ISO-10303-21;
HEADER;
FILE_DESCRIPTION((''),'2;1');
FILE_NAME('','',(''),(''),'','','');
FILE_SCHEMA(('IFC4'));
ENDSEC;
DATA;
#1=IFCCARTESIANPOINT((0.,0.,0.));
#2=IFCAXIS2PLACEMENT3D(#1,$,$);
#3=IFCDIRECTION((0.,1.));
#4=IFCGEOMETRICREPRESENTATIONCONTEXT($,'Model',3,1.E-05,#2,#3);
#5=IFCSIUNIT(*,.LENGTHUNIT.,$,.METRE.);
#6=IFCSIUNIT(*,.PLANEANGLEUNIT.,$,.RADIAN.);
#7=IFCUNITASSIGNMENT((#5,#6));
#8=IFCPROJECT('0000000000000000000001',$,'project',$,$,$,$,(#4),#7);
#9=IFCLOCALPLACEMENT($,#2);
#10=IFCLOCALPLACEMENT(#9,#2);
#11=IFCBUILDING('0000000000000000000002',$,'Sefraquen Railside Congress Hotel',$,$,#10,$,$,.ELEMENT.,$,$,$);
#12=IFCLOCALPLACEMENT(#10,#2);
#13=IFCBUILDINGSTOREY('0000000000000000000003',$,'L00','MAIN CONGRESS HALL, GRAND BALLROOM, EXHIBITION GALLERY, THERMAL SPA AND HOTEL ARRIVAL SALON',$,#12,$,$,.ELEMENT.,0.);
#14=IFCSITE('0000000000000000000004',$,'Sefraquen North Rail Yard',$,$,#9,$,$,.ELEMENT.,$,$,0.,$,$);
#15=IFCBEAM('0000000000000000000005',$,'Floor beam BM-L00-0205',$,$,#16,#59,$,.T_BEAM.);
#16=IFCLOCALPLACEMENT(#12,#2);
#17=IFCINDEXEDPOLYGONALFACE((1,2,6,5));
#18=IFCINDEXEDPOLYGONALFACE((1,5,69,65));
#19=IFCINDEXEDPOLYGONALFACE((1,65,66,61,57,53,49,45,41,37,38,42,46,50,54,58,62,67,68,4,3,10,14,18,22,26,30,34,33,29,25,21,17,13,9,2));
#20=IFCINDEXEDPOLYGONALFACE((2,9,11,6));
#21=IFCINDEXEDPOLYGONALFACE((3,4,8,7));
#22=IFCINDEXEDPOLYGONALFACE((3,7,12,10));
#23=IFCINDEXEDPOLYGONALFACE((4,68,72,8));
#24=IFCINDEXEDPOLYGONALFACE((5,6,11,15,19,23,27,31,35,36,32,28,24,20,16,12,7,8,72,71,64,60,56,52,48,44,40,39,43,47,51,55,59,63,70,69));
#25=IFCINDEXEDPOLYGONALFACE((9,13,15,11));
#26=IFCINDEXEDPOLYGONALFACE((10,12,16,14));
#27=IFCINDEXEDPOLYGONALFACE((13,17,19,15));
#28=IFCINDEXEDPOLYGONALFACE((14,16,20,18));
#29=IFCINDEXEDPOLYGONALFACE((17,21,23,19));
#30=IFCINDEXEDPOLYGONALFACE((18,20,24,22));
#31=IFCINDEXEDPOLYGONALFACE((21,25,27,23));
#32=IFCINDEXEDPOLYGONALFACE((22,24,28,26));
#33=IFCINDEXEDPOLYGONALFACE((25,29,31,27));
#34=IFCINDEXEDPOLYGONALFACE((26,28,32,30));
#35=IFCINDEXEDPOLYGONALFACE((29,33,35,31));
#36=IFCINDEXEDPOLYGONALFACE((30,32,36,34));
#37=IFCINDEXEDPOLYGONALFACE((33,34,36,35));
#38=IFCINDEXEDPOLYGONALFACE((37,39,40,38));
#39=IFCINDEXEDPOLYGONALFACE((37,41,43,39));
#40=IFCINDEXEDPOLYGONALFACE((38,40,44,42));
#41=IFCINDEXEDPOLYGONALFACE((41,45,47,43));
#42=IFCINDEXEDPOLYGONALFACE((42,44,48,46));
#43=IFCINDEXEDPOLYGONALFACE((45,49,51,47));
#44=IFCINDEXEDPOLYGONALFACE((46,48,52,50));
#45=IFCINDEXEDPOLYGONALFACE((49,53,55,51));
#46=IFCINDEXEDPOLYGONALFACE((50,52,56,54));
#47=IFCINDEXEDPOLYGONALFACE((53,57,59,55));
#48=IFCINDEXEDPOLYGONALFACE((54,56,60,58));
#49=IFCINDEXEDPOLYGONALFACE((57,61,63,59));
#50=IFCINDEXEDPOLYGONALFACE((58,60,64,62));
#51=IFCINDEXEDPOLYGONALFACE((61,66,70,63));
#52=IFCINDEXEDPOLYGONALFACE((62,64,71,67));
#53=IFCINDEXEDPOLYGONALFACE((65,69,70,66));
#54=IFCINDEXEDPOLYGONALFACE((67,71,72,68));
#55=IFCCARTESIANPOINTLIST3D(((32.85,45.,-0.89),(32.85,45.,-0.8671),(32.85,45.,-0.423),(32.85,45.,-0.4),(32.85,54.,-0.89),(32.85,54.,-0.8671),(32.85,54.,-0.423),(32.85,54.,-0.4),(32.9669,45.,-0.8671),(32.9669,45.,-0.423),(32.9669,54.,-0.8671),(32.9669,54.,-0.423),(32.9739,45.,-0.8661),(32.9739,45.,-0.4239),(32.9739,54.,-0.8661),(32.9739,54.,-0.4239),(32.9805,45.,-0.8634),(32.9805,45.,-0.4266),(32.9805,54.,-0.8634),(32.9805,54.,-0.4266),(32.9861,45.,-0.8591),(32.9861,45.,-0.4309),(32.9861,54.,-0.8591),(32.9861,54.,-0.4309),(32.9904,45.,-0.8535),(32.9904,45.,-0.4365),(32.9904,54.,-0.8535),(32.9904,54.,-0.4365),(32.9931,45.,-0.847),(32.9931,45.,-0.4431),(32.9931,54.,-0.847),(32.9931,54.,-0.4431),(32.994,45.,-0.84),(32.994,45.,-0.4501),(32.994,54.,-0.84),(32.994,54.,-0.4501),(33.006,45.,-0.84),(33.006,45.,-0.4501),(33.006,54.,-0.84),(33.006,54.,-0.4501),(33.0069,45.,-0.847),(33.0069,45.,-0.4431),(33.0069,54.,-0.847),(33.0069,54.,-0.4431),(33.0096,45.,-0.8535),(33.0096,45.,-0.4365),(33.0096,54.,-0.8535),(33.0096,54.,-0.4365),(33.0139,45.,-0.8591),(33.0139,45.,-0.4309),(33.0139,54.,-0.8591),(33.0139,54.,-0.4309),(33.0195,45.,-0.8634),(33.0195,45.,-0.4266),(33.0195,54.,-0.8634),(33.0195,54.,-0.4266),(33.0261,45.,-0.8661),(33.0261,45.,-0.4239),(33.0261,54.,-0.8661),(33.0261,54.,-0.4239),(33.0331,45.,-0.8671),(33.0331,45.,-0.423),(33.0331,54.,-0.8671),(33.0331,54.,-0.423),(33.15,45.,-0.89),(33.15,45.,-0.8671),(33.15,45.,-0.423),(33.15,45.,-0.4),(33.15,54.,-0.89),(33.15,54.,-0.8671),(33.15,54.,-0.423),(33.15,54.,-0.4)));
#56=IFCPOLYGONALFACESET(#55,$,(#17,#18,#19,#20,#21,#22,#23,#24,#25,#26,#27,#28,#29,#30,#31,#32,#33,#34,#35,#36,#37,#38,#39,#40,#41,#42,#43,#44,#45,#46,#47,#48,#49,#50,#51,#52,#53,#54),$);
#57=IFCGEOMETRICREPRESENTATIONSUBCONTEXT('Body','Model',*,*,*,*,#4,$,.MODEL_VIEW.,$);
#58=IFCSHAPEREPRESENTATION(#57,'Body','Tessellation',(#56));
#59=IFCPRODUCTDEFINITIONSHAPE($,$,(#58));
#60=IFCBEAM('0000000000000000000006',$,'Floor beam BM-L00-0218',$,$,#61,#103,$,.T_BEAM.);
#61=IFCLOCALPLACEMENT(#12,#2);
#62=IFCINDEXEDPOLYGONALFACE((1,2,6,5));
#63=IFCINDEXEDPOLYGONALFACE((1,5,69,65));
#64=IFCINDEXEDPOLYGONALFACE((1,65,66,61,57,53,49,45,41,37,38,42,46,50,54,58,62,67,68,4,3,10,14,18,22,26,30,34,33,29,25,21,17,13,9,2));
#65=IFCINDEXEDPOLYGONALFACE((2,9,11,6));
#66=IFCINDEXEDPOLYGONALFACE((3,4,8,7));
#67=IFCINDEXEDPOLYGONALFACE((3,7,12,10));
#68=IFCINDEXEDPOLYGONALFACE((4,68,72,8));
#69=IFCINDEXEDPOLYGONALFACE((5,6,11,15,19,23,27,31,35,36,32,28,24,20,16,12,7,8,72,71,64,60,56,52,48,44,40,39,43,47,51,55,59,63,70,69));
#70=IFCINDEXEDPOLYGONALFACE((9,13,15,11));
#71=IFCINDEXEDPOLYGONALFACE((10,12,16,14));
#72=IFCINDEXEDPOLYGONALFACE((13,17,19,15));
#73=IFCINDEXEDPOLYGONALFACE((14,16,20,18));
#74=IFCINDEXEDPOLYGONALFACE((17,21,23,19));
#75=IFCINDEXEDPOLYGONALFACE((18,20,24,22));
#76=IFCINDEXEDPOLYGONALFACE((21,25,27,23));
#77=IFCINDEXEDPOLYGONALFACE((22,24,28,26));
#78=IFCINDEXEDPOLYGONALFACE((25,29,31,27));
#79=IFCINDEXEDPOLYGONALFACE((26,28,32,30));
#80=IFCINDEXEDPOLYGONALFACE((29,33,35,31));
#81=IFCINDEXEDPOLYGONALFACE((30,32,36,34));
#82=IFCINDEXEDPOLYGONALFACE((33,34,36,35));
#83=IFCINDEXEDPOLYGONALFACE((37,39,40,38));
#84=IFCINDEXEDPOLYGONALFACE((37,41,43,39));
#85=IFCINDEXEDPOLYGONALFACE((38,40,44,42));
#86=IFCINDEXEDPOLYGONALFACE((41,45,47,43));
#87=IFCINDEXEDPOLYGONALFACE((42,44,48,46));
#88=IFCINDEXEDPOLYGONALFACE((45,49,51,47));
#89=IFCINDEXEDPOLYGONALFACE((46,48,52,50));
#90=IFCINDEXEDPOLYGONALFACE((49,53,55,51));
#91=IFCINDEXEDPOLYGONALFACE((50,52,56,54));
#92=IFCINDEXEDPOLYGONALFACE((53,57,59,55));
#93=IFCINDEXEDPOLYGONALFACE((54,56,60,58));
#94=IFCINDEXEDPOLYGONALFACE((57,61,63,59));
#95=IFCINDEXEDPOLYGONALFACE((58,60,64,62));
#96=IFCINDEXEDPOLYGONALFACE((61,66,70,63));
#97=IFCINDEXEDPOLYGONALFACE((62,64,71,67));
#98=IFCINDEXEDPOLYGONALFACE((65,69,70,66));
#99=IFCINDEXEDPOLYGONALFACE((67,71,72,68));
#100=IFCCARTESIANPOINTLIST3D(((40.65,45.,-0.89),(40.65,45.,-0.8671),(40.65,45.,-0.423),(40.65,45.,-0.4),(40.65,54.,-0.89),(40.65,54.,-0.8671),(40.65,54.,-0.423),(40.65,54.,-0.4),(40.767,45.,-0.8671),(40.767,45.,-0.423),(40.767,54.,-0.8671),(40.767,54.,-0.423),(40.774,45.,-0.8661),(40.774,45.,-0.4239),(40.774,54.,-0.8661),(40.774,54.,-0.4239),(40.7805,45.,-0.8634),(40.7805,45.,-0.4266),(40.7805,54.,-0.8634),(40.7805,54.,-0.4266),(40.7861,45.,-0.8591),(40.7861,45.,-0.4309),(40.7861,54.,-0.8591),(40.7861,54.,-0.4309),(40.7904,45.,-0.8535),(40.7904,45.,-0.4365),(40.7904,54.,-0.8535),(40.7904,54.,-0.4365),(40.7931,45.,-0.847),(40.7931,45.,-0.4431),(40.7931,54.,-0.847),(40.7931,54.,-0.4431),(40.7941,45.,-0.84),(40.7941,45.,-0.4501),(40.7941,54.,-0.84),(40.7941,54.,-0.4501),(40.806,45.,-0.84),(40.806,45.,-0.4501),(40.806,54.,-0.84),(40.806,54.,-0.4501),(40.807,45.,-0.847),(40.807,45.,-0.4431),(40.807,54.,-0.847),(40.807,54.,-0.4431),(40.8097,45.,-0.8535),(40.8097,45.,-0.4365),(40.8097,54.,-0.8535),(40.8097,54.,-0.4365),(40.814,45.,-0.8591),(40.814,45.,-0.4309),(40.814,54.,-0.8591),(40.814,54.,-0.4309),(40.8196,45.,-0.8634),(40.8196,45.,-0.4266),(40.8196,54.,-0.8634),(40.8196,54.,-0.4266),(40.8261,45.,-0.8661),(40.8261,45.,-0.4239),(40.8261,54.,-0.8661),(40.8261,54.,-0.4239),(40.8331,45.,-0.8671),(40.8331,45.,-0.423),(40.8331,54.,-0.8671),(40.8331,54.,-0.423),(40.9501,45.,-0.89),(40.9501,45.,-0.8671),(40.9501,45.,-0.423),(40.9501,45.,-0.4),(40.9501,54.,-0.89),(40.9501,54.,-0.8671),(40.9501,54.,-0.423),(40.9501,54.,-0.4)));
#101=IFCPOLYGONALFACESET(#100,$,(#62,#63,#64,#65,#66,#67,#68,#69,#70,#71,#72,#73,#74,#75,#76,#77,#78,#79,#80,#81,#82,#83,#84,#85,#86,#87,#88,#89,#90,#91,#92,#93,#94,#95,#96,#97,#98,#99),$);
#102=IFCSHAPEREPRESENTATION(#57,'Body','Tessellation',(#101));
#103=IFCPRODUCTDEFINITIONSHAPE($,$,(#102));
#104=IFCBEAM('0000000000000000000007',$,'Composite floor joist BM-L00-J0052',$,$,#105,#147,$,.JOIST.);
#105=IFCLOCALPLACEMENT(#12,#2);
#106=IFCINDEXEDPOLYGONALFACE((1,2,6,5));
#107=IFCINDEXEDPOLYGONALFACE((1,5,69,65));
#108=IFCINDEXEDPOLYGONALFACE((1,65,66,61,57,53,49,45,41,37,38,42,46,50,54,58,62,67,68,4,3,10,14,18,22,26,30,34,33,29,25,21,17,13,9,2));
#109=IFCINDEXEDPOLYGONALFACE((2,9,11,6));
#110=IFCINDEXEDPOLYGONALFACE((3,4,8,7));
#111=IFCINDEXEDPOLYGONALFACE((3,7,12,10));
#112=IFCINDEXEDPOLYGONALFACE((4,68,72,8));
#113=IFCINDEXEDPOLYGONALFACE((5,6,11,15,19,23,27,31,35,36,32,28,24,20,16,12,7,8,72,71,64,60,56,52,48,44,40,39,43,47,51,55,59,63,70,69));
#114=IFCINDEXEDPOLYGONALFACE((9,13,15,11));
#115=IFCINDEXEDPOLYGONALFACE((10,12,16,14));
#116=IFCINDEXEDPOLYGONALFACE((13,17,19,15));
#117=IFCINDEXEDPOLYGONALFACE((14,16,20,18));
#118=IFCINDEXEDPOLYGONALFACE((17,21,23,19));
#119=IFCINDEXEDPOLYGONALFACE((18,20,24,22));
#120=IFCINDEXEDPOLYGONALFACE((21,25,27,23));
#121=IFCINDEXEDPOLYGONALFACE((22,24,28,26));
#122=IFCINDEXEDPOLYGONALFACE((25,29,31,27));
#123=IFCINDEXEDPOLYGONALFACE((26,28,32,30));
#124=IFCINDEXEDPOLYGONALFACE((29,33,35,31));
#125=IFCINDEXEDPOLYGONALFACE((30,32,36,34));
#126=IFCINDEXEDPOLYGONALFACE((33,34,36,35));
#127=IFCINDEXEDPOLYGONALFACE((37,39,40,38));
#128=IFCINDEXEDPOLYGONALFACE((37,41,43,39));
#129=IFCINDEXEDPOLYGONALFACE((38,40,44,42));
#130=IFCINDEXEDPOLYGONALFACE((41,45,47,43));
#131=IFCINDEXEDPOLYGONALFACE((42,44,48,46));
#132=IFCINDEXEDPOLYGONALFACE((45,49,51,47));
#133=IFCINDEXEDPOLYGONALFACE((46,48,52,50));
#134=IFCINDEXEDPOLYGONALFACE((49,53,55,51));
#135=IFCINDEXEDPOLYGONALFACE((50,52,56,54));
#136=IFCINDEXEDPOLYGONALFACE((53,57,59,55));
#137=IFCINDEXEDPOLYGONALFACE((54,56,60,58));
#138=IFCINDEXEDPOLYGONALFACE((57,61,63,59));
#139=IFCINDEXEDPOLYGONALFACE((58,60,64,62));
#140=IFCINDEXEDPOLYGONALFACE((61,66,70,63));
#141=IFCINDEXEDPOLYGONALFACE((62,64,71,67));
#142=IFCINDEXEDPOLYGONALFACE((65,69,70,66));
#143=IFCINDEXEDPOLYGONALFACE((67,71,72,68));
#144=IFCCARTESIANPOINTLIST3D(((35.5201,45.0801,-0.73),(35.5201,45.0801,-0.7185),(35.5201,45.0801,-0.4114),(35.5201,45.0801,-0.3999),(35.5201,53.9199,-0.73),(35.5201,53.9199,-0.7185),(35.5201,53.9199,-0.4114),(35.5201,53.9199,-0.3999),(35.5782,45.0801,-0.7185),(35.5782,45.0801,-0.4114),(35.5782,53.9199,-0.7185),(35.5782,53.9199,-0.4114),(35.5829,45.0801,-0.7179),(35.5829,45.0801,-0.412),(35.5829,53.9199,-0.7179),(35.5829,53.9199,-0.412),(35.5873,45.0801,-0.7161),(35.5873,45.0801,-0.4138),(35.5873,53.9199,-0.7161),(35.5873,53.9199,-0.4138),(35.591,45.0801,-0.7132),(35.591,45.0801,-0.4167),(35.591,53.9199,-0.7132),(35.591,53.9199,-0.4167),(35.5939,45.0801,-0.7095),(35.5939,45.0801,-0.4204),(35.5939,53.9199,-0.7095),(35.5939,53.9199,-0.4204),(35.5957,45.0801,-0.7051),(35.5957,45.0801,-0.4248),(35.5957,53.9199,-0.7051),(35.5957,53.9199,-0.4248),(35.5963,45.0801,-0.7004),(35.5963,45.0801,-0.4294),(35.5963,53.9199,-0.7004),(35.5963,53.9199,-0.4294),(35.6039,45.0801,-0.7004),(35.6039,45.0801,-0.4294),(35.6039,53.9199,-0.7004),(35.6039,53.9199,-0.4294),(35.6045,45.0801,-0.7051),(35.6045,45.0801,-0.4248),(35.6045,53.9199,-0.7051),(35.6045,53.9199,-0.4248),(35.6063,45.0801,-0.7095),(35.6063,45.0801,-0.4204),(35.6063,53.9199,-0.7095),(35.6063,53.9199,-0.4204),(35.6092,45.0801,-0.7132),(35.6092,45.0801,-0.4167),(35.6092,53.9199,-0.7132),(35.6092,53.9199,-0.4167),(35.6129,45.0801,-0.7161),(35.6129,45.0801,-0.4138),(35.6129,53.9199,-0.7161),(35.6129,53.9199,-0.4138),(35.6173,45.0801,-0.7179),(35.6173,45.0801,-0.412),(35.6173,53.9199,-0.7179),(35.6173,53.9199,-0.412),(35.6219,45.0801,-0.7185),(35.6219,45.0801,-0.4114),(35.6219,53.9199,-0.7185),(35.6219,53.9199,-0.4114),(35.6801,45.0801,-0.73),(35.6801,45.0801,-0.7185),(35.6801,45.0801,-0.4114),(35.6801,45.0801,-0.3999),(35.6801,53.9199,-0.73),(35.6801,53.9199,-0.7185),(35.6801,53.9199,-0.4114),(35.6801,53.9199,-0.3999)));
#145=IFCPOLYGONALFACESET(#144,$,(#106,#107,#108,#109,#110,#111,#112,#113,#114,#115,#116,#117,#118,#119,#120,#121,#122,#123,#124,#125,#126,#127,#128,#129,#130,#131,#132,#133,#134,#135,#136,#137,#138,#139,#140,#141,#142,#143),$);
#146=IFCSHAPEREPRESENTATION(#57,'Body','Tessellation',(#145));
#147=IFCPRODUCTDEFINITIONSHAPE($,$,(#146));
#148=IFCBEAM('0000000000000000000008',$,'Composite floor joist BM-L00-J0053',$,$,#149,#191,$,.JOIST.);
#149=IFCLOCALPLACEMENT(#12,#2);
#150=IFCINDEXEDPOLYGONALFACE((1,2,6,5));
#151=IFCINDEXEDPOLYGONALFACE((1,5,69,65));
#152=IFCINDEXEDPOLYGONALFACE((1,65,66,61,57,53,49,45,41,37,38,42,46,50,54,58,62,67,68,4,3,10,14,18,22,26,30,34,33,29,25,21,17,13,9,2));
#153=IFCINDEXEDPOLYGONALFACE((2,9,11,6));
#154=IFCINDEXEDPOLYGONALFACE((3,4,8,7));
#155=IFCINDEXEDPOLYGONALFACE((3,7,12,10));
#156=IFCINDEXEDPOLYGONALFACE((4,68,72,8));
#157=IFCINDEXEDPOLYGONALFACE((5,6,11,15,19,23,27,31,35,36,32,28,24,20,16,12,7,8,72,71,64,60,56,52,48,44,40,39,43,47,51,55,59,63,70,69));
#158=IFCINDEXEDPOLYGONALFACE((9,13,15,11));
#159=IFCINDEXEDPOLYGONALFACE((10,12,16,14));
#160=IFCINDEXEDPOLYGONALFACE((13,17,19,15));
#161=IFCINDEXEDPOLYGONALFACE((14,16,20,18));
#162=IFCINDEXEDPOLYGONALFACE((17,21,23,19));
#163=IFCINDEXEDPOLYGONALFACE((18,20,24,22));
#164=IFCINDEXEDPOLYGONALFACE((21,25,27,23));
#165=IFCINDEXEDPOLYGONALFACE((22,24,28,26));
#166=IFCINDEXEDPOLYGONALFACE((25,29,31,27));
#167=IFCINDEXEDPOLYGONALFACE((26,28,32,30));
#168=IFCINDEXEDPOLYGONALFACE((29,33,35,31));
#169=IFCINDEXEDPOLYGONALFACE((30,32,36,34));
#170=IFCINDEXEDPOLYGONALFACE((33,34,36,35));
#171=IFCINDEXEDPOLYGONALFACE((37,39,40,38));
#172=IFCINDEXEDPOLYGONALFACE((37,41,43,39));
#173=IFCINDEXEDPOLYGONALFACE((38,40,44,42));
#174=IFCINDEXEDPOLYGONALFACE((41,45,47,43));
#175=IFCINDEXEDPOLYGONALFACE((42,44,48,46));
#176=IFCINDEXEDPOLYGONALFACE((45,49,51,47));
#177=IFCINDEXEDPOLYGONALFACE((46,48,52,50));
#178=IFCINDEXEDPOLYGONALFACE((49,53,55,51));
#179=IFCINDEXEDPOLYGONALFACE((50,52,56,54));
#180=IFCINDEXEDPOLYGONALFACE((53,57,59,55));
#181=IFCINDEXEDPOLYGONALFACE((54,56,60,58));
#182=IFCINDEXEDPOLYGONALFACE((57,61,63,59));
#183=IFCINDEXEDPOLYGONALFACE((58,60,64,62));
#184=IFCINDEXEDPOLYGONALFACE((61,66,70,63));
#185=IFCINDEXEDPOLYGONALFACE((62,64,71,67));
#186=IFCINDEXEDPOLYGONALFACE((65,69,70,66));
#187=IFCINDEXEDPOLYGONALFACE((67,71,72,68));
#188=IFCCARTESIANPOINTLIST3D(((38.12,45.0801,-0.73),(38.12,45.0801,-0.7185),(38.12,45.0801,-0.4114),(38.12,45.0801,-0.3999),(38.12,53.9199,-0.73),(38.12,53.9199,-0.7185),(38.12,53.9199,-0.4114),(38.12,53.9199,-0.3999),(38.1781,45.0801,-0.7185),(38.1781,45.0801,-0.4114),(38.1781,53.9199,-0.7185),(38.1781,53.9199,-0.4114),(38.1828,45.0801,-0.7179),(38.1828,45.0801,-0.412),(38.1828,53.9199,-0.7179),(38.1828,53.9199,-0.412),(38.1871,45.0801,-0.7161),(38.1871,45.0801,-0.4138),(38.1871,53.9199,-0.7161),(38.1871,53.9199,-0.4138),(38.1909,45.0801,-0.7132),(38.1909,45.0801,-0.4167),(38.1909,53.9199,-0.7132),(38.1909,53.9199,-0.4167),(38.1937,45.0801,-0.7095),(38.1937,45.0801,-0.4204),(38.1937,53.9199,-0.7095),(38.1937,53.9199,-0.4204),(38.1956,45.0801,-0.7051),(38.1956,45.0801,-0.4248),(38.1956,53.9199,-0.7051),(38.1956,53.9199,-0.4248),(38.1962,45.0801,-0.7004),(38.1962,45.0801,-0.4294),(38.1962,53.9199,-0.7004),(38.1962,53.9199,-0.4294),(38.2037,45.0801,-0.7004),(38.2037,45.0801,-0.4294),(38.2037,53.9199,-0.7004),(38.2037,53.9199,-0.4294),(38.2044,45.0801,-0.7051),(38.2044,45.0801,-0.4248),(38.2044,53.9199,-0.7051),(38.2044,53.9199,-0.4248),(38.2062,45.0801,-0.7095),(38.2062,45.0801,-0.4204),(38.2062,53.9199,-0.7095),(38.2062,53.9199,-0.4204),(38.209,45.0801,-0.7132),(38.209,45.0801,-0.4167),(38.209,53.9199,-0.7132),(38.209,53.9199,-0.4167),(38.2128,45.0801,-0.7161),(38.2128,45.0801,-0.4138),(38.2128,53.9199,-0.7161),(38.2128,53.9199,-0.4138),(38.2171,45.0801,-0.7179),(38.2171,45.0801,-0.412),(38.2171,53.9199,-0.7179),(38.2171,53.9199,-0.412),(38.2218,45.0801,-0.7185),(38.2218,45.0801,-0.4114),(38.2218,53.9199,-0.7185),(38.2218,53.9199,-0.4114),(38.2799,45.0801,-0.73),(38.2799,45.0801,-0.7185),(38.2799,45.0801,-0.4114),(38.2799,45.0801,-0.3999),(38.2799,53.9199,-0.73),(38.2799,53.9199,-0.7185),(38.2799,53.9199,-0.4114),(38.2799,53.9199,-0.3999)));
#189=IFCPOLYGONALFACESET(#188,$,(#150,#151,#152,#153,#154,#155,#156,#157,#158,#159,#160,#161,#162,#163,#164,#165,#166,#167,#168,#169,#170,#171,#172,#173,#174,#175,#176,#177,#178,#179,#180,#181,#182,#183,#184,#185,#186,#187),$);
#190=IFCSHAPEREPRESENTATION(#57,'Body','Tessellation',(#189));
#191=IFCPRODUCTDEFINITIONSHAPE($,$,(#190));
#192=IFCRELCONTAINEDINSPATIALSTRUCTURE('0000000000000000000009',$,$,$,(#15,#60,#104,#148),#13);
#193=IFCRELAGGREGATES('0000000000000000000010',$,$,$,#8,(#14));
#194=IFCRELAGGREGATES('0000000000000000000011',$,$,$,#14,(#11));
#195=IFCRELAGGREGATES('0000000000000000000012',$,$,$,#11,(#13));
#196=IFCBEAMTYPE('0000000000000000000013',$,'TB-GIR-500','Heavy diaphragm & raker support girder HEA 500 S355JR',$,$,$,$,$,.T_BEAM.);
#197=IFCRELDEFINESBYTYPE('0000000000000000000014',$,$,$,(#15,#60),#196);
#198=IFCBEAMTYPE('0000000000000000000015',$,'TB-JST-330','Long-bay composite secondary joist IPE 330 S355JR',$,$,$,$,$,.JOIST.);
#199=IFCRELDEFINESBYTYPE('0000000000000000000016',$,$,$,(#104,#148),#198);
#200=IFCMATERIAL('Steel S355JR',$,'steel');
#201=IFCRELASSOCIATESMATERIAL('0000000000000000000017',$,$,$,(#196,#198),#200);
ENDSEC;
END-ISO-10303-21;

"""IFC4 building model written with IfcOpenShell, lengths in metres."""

from ifc_helpers import new_model, si_unit, direction, frame, origin, origin_2d, place, context, subcontext, project, spatial, i_section, extrude, material, material_profile, profile_set, type_object, element, save


model = new_model("IFC4")

# Units and contexts
model_context = context("Model", 3, precision=1e-05, world=origin(), true_north=direction((0.0, 1.0)))
body_context = subcontext(model_context, "Body", "Model", "MODEL_VIEW")
ifc_project = project(units=[si_unit("LENGTHUNIT", "METRE"), si_unit("PLANEANGLEUNIT", "RADIAN")], contexts=[model_context])

# Site, building, storey
site_placement = place(None, origin())
site = spatial("IfcSite", under=ifc_project, at=site_placement, Name="Sefraquen North Rail Yard", CompositionType="ELEMENT", RefElevation=0.0)
building_placement = place(site_placement, origin())
building = spatial("IfcBuilding", under=site, at=building_placement, Name="Sefraquen Railside Congress Hotel", CompositionType="ELEMENT")
storey_placement = place(building_placement, origin())
storey = spatial("IfcBuildingStorey", under=building, at=storey_placement, Name="L00", Description="MAIN CONGRESS HALL, GRAND BALLROOM, EXHIBITION GALLERY, THERMAL SPA AND HOTEL ARRIVAL SALON", CompositionType="ELEMENT", Elevation=0.0)

# Shared definitions
ifc_material_1 = material(Name="Steel S355JR", Category="steel")

# Beams
ifc_material_profile_1 = material_profile(ifc_material_1, i_section(OverallWidth=0.3, OverallDepth=0.49, WebThickness=0.012, FlangeThickness=0.0229, FilletRadius=0.0271, at=origin_2d()), Name="HEA 500")
ifc_profile_set_1 = profile_set([ifc_material_profile_1], Name="Steel S355JR")
beam_type_1 = type_object("IfcBeamType", Name="TB-GIR-500", Description="Heavy diaphragm & raker support girder HEA 500 S355JR", PredefinedType="T_BEAM", material=ifc_profile_set_1)
for number, where, z_axis, x_axis, name in (
    (1, (33.0, 45.0, -0.645), (0.0, 1.0, 0.0), (-1.0, 0.0, 0.0), "Floor beam BM-L00-0205"),
    (2, (40.8, 45.0, -0.645), (0.0, 1.0, 0.0), (-1.0, 0.0, 0.0), "Floor beam BM-L00-0218"),
):
    element("IfcBeam", number, at=place(storey_placement, frame(where, z_axis=z_axis, x_axis=x_axis)), inside=storey, type_object=beam_type_1, Name=name, PredefinedType="T_BEAM", context=body_context, shape_type="SweptSolid", body=[
        extrude(i_section(OverallWidth=0.3, OverallDepth=0.49, WebThickness=0.012, FlangeThickness=0.0229, FilletRadius=0.0271, at=origin_2d()), origin(), (0.0, 0.0, 1.0), 9.0),
    ])
ifc_material_profile_2 = material_profile(ifc_material_1, i_section(OverallWidth=0.1599, OverallDepth=0.3301, WebThickness=0.0076, FlangeThickness=0.0115, FilletRadius=0.0181, at=origin_2d()), Name="IPE 330")
ifc_profile_set_2 = profile_set([ifc_material_profile_2], Name="Steel S355JR")
beam_type_2 = type_object("IfcBeamType", Name="TB-JST-330", Description="Long-bay composite secondary joist IPE 330 S355JR", PredefinedType="JOIST", material=ifc_profile_set_2)
for number, where, z_axis, x_axis, name in (
    (3, (35.6001, 45.0801, -0.5649), (0.0, 1.0, 0.0), (-1.0, 0.0, 0.0), "Composite floor joist BM-L00-J0052"),
    (4, (38.2, 45.0801, -0.5649), (0.0, 1.0, 0.0), (-1.0, 0.0, 0.0), "Composite floor joist BM-L00-J0053"),
):
    element("IfcBeam", number, at=place(storey_placement, frame(where, z_axis=z_axis, x_axis=x_axis)), inside=storey, type_object=beam_type_2, Name=name, PredefinedType="JOIST", context=body_context, shape_type="SweptSolid", body=[
        extrude(i_section(OverallWidth=0.1599, OverallDepth=0.3301, WebThickness=0.0076, FlangeThickness=0.0115, FilletRadius=0.0181, at=origin_2d()), origin(), (0.0, 0.0, 1.0), 8.8398),
    ])

save(model, "model.ifc")
